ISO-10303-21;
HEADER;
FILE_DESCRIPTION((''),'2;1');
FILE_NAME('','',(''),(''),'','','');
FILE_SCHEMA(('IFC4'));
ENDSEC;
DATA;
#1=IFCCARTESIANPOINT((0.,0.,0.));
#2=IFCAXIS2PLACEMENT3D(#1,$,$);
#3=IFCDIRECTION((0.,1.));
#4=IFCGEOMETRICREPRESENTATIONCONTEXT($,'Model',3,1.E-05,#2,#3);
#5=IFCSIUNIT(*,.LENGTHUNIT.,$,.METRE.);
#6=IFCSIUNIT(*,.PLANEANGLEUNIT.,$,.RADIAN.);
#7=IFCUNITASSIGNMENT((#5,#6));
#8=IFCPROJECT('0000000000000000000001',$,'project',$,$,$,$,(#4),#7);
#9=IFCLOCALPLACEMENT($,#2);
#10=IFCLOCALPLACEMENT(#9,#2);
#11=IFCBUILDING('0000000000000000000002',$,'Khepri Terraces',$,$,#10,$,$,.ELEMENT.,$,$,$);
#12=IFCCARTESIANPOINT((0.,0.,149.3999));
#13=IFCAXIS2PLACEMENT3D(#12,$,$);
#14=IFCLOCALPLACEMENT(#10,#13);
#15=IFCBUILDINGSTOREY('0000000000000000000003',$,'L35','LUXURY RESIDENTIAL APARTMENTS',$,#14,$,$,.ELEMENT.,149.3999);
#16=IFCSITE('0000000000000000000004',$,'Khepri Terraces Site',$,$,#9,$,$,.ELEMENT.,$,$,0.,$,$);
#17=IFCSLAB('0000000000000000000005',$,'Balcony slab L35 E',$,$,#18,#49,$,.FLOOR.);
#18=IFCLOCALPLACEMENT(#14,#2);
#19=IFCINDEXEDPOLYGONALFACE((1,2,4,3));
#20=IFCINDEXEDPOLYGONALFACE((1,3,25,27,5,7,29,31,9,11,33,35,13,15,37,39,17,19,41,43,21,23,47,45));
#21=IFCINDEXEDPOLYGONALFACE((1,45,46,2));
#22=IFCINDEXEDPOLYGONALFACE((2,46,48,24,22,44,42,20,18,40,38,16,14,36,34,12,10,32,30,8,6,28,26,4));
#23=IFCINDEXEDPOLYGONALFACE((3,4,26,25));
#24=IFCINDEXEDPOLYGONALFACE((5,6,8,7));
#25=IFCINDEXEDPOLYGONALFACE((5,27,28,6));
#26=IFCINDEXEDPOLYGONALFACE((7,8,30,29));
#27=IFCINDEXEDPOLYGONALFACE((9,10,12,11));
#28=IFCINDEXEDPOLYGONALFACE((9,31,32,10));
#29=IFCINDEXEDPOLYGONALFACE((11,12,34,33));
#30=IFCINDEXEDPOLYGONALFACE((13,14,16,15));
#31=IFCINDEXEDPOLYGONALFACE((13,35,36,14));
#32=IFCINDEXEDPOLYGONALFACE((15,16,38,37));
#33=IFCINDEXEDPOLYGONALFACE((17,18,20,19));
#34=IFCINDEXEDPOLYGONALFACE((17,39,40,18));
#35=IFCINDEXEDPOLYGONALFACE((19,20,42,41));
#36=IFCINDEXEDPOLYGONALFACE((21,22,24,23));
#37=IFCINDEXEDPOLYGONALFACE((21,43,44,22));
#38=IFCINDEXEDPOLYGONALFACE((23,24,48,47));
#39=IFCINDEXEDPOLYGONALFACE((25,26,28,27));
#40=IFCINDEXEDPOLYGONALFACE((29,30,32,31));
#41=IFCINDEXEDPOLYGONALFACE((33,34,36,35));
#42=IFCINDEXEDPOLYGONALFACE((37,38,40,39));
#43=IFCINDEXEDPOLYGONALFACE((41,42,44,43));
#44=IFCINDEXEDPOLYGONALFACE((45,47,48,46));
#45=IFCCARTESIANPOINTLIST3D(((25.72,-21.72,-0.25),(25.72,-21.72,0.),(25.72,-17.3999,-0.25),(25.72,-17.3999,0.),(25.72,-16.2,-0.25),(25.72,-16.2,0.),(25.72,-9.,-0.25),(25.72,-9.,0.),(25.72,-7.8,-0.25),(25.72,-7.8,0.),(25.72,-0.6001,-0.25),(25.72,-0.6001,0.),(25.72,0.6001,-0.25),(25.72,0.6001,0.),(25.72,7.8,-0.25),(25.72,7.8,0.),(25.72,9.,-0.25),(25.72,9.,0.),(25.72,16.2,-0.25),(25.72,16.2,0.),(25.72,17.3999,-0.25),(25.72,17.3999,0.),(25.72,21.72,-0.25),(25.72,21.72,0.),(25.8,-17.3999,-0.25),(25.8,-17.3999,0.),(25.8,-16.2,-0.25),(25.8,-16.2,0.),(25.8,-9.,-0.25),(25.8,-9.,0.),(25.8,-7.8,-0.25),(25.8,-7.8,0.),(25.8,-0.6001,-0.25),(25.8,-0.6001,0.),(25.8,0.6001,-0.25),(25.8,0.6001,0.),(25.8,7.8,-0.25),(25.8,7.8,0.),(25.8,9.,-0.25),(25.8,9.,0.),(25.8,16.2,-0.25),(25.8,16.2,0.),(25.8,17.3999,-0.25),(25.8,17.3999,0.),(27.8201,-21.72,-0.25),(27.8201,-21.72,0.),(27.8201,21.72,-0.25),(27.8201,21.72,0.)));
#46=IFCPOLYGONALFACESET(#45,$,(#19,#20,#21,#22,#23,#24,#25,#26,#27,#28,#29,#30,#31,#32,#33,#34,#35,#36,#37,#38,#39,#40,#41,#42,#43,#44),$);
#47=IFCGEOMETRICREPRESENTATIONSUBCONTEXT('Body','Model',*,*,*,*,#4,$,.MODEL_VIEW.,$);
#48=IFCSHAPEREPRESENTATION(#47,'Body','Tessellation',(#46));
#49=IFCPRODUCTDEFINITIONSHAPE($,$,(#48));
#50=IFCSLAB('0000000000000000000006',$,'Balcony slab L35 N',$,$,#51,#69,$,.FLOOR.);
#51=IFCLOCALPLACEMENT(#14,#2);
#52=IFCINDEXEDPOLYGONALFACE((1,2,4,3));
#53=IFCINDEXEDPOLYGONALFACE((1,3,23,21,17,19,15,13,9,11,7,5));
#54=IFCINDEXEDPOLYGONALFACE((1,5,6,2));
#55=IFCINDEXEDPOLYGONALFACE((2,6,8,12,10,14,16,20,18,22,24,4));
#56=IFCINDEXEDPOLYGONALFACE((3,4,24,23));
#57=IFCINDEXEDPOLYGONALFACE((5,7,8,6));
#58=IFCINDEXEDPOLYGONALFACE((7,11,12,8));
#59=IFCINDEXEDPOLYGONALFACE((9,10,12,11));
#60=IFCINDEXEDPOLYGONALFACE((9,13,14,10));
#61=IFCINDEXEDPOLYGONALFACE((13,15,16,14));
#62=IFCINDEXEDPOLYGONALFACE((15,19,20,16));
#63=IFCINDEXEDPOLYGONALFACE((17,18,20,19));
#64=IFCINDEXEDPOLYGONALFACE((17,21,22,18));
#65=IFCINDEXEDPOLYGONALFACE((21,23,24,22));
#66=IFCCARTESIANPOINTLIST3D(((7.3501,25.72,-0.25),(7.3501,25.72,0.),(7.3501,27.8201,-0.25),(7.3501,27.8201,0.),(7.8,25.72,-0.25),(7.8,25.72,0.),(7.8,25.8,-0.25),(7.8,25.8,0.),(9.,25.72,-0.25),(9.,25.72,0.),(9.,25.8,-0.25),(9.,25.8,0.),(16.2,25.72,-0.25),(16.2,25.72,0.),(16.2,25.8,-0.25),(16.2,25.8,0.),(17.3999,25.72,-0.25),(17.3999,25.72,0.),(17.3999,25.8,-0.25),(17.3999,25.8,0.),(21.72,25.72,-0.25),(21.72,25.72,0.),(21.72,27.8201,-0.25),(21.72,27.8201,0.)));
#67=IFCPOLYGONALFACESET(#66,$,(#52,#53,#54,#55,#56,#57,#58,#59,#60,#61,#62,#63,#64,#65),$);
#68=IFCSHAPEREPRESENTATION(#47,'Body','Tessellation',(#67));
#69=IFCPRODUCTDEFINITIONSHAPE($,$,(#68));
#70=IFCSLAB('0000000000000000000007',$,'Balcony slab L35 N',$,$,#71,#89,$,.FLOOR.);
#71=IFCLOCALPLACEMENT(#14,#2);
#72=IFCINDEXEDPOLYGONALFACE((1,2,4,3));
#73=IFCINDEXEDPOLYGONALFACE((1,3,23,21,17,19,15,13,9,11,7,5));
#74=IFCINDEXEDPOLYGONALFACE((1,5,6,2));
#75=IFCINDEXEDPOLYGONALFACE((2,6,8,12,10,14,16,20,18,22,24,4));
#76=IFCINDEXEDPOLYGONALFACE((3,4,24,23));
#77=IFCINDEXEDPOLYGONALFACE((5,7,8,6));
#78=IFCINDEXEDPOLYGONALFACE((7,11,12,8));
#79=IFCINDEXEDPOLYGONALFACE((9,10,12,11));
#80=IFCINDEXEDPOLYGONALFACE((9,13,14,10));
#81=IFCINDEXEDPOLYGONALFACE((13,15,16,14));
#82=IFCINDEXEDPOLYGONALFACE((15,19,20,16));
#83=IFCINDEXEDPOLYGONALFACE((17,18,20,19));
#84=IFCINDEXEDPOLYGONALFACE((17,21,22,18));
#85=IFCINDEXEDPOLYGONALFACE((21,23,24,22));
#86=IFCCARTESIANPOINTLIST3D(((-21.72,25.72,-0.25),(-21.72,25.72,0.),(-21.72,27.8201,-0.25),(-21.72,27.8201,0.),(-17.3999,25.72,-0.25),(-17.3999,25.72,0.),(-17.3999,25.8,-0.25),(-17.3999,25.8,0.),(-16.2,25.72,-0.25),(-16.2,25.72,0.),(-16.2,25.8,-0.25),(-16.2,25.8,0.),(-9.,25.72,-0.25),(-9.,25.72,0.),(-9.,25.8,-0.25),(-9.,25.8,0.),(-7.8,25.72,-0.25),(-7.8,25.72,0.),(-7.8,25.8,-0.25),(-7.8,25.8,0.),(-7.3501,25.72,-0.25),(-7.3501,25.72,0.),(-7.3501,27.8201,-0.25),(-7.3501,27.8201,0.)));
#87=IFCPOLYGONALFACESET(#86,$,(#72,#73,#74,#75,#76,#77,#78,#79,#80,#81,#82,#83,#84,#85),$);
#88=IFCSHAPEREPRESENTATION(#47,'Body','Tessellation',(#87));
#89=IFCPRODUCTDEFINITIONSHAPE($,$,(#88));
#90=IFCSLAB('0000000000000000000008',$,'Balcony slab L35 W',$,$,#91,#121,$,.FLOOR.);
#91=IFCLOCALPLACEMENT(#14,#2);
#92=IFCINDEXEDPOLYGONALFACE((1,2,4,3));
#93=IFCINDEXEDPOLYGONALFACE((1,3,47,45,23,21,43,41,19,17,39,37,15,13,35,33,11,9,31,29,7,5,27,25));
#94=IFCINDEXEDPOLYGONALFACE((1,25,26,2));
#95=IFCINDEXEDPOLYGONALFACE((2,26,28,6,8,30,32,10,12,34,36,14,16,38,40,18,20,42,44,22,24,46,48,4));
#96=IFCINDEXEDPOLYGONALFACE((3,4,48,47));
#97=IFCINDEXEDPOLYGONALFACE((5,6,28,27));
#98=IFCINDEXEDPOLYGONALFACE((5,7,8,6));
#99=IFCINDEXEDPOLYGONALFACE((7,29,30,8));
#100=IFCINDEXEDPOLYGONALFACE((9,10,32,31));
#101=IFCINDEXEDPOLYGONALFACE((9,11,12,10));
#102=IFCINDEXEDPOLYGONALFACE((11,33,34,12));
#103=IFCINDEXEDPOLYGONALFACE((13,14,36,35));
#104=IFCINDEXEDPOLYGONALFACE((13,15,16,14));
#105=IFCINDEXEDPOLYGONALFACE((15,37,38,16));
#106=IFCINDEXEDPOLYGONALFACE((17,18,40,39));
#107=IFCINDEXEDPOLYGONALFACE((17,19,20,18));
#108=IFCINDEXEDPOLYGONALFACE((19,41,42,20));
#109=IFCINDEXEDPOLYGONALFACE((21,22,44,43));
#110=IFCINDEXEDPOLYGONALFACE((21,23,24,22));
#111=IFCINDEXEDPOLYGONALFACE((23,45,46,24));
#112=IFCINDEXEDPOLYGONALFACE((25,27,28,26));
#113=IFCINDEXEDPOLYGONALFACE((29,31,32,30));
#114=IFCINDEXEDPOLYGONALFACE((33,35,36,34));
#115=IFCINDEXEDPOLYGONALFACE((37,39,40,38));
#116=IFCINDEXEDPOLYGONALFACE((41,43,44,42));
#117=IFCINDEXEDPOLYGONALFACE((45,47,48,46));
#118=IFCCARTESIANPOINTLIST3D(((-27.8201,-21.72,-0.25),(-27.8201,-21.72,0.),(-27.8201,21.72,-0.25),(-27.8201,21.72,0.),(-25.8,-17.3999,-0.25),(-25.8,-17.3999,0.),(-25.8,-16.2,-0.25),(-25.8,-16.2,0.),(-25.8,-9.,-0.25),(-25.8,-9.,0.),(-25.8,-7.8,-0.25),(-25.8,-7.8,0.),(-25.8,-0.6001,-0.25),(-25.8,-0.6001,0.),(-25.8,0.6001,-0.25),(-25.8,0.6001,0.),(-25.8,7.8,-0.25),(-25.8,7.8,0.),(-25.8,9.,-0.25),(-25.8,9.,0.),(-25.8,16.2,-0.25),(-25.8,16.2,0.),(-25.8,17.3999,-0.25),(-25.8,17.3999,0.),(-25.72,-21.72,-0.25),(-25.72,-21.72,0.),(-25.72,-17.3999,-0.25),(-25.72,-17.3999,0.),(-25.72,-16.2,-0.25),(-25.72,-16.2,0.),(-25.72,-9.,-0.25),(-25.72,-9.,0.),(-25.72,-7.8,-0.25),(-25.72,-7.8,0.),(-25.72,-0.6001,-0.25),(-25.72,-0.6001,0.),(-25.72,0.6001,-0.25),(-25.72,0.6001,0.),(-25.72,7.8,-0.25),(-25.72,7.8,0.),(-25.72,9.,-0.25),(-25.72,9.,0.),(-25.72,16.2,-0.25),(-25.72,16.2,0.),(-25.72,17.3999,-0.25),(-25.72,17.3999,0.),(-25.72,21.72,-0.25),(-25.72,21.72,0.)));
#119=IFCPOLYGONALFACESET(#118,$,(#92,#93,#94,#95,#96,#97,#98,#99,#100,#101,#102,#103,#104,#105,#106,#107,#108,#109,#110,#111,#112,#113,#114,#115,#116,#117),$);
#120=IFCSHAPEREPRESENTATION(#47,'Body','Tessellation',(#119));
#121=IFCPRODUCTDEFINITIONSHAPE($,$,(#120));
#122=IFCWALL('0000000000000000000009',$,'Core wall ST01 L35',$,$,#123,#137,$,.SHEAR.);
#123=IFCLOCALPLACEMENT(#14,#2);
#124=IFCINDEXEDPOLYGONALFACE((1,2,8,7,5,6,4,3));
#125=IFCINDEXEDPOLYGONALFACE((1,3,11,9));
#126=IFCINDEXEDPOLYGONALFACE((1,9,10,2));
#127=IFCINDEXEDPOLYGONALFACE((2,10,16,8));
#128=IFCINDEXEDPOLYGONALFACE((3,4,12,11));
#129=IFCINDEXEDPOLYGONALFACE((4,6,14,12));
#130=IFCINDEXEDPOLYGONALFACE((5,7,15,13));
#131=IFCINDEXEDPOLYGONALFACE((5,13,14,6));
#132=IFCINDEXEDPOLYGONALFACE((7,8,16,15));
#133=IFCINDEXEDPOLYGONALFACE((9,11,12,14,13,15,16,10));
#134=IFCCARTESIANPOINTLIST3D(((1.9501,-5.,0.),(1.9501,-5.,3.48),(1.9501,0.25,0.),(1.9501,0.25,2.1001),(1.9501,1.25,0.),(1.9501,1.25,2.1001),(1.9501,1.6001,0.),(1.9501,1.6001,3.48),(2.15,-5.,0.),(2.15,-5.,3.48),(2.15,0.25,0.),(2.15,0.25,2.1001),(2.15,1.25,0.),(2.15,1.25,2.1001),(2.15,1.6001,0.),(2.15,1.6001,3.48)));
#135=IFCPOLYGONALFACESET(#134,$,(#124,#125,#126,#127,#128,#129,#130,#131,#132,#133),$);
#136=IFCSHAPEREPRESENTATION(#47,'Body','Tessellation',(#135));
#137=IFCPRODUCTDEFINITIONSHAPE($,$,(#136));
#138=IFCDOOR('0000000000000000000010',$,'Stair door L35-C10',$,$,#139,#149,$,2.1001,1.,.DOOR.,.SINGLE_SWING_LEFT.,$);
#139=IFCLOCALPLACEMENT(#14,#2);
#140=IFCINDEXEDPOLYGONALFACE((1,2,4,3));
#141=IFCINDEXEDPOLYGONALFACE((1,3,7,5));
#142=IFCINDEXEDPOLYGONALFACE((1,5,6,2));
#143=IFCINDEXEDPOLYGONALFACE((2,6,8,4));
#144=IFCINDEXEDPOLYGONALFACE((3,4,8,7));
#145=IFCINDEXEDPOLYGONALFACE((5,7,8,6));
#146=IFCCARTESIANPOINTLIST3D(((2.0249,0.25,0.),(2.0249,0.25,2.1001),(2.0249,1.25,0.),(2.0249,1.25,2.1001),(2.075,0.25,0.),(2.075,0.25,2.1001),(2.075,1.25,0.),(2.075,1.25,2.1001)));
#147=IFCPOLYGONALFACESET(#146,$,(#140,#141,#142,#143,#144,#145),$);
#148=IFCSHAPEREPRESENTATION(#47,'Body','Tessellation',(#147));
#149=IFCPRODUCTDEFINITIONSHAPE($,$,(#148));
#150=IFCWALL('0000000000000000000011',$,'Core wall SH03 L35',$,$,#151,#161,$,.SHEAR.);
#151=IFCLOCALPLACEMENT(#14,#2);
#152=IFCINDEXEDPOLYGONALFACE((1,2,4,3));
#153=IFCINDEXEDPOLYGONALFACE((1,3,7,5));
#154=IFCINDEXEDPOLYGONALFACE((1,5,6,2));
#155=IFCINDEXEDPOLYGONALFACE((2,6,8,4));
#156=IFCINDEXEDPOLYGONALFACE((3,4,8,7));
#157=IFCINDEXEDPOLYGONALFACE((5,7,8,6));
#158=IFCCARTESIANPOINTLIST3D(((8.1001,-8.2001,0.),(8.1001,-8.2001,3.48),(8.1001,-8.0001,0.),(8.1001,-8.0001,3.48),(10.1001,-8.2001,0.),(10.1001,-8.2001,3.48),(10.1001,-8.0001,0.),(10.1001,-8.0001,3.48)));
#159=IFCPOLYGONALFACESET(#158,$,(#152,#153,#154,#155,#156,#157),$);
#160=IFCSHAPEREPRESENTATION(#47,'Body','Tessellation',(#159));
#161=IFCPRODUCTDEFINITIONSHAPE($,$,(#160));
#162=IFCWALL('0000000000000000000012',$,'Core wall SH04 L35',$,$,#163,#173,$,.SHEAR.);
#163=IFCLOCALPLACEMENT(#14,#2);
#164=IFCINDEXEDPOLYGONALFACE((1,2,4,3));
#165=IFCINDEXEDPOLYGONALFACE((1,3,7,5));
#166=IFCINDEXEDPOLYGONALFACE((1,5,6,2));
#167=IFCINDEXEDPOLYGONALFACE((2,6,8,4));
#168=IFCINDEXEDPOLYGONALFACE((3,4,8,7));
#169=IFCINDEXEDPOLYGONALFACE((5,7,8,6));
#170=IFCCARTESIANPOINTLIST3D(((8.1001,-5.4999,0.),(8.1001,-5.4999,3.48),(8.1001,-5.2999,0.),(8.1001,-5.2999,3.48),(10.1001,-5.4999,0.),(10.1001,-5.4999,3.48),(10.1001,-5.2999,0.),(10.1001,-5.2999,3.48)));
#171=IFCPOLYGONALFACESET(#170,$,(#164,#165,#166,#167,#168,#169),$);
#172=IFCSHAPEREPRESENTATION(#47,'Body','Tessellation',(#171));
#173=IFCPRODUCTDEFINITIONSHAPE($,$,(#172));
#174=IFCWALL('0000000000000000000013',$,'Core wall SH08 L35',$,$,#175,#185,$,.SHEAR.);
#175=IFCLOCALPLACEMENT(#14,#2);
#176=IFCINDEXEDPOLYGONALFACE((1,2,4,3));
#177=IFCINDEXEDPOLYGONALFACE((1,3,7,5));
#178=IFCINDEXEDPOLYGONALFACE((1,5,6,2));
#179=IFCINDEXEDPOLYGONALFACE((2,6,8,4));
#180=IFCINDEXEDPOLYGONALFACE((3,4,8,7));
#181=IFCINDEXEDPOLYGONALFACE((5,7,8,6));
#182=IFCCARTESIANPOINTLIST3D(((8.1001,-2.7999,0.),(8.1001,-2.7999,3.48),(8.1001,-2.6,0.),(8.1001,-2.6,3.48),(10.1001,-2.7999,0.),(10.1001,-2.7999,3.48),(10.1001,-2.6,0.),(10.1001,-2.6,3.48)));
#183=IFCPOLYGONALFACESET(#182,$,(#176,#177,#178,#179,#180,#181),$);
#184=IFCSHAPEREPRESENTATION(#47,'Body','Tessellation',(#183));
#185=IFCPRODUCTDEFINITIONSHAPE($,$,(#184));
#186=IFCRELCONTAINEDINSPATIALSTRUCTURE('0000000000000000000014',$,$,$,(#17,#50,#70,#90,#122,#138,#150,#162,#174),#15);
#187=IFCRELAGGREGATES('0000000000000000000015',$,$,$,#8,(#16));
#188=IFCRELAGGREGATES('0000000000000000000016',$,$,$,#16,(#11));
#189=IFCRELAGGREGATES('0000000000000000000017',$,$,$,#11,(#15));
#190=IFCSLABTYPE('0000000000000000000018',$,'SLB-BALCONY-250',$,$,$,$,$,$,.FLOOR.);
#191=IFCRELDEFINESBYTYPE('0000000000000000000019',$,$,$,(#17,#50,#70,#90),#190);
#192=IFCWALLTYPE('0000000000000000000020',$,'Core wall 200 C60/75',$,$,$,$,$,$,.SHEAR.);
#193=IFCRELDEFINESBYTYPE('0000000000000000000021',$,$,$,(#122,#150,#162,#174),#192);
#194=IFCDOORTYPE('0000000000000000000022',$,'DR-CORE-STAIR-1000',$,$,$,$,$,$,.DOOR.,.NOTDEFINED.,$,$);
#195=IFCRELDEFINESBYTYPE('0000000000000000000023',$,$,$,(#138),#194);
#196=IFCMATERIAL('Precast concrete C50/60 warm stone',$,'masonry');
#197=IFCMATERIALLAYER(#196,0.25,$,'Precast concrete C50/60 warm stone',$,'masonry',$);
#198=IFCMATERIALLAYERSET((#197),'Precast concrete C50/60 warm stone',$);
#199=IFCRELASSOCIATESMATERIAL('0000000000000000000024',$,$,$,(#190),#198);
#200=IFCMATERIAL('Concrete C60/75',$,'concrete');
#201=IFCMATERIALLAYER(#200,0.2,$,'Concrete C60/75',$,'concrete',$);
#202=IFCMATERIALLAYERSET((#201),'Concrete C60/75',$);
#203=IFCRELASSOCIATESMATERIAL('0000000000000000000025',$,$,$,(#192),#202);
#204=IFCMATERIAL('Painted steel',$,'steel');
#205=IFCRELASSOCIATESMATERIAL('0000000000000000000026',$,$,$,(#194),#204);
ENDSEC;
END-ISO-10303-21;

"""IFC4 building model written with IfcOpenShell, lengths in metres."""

from ifc_helpers import new_model, si_unit, direction, frame, frame_2d, origin, place, context, subcontext, project, spatial, polyline, rectangle, outline, extrude, material, layer, layer_set, type_object, element, fill, save


model = new_model("IFC4")

# Units and contexts
model_context = context("Model", 3, precision=1e-05, world=origin(), true_north=direction((0.0, 1.0)))
body_context = subcontext(model_context, "Body", "Model", "MODEL_VIEW")
ifc_project = project(units=[si_unit("LENGTHUNIT", "METRE"), si_unit("PLANEANGLEUNIT", "RADIAN")], contexts=[model_context])

# Site, building, storey
site_placement = place(None, origin())
site = spatial("IfcSite", under=ifc_project, at=site_placement, Name="Khepri Terraces Site", CompositionType="ELEMENT", RefElevation=0.0)
building_placement = place(site_placement, origin())
building = spatial("IfcBuilding", under=site, at=building_placement, Name="Khepri Terraces", CompositionType="ELEMENT")
storey_placement = place(building_placement, frame((0.0, 0.0, 149.3999)))
storey = spatial("IfcBuildingStorey", under=building, at=storey_placement, Name="L35", Description="LUXURY RESIDENTIAL APARTMENTS", CompositionType="ELEMENT", Elevation=149.3999)

# Slabs
ifc_material_1 = material(Name="Precast concrete C50/60 warm stone", Category="masonry")
ifc_layer_1 = layer(ifc_material_1, 0.25, Name="Precast concrete C50/60 warm stone", Category="masonry")
ifc_layer_set_1 = layer_set([ifc_layer_1], Name="Precast concrete C50/60 warm stone")
slab_type = type_object("IfcSlabType", Name="SLB-BALCONY-250", PredefinedType="FLOOR", material=ifc_layer_set_1)
slab_1_placement = place(storey_placement, frame((0.0, 0.0, -0.25)))
element("IfcSlab", 1, at=slab_1_placement, inside=storey, type_object=slab_type, Name="Balcony slab L35 E", PredefinedType="FLOOR", context=body_context, shape_type="SweptSolid", body=[
    extrude(outline(polyline([(25.72, -17.3999), (25.72, -21.72), (27.8201, -21.72), (27.8201, 21.72), (25.72, 21.72), (25.72, 17.3999), (25.8, 17.3999), (25.8, 16.2), (25.72, 16.2), (25.72, 9.0), (25.8, 9.0), (25.8, 7.8), (25.72, 7.8), (25.72, 0.6001), (25.8, 0.6001), (25.8, -0.6001), (25.72, -0.6001), (25.72, -7.8), (25.8, -7.8), (25.8, -9.0), (25.72, -9.0), (25.72, -16.2), (25.8, -16.2), (25.8, -17.3999), (25.72, -17.3999)])), origin(), (0.0, 0.0, 1.0), 0.25),
])
slab_2_placement = place(storey_placement, frame((0.0, 0.0, -0.25)))
element("IfcSlab", 2, at=slab_2_placement, inside=storey, type_object=slab_type, Name="Balcony slab L35 N", PredefinedType="FLOOR", context=body_context, shape_type="SweptSolid", body=[
    extrude(outline(polyline([(17.3999, 25.72), (21.72, 25.72), (21.72, 27.8201), (7.3501, 27.8201), (7.3501, 25.72), (7.8, 25.72), (7.8, 25.8), (9.0, 25.8), (9.0, 25.72), (16.2, 25.72), (16.2, 25.8), (17.3999, 25.8), (17.3999, 25.72)])), origin(), (0.0, 0.0, 1.0), 0.25),
])
slab_3_placement = place(storey_placement, frame((0.0, 0.0, -0.25)))
element("IfcSlab", 3, at=slab_3_placement, inside=storey, type_object=slab_type, Name="Balcony slab L35 N", PredefinedType="FLOOR", context=body_context, shape_type="SweptSolid", body=[
    extrude(outline(polyline([(-7.8, 25.72), (-7.3501, 25.72), (-7.3501, 27.8201), (-21.72, 27.8201), (-21.72, 25.72), (-17.3999, 25.72), (-17.3999, 25.8), (-16.2, 25.8), (-16.2, 25.72), (-9.0, 25.72), (-9.0, 25.8), (-7.8, 25.8), (-7.8, 25.72)])), origin(), (0.0, 0.0, 1.0), 0.25),
])
slab_4_placement = place(storey_placement, frame((0.0, 0.0, -0.25)))
element("IfcSlab", 4, at=slab_4_placement, inside=storey, type_object=slab_type, Name="Balcony slab L35 W", PredefinedType="FLOOR", context=body_context, shape_type="SweptSolid", body=[
    extrude(outline(polyline([(-25.72, 17.3999), (-25.72, 21.72), (-27.8201, 21.72), (-27.8201, -21.72), (-25.72, -21.72), (-25.72, -17.3999), (-25.8, -17.3999), (-25.8, -16.2), (-25.72, -16.2), (-25.72, -9.0), (-25.8, -9.0), (-25.8, -7.8), (-25.72, -7.8), (-25.72, -0.6001), (-25.8, -0.6001), (-25.8, 0.6001), (-25.72, 0.6001), (-25.72, 7.8), (-25.8, 7.8), (-25.8, 9.0), (-25.72, 9.0), (-25.72, 16.2), (-25.8, 16.2), (-25.8, 17.3999), (-25.72, 17.3999)])), origin(), (0.0, 0.0, 1.0), 0.25),
])

# Wall, opening, door
ifc_material_2 = material(Name="Concrete C60/75", Category="concrete")
ifc_layer_2 = layer(ifc_material_2, 0.2, Name="Concrete C60/75", Category="concrete")
ifc_layer_set_2 = layer_set([ifc_layer_2], Name="Concrete C60/75")
wall_type_1 = type_object("IfcWallType", Name="Core wall 200 C60/75", PredefinedType="SHEAR", material=ifc_layer_set_2)
wall_1_placement = place(storey_placement, frame((2.05, -5.0, 0.0), z_axis=(0.0, 0.0, 1.0), x_axis=(0.0, 1.0, 0.0)))
wall_1 = element("IfcWall", 5, at=wall_1_placement, inside=storey, type_object=wall_type_1, Name="Core wall ST01 L35", PredefinedType="SHEAR", context=body_context, shape_type="SweptSolid", body=[
    extrude(rectangle(XDim=6.6001, YDim=0.2, at=frame_2d((3.3, 0.0))), origin(), (0.0, 0.0, 1.0), 3.48),
])
opening_1_placement = place(wall_1_placement, frame((5.25, 0.0, 0.0)))
opening_1 = element("IfcOpeningElement", 6, at=opening_1_placement, cuts=wall_1, PredefinedType="OPENING", context=body_context, shape_type="SweptSolid", body=[
    extrude(rectangle(XDim=1.0, YDim=2.1001, at=frame_2d((0.5, 1.05))), frame((0.0, 0.1099, 0.0), z_axis=(0.0, -1.0, 0.0), x_axis=(1.0, 0.0, 0.0)), (0.0, 0.0, 1.0), 0.22),
])
ifc_material_3 = material(Name="Painted steel", Category="steel")
door_type_1 = type_object("IfcDoorType", Name="DR-CORE-STAIR-1000", OperationType="NOTDEFINED", PredefinedType="DOOR", material=ifc_material_3)
door_1_placement = place(opening_1_placement, frame((1.0, 0.0, 0.0), z_axis=(0.0, 0.0, 1.0), x_axis=(-1.0, 0.0, 0.0)))
door_1 = element("IfcDoor", 7, at=door_1_placement, inside=storey, type_object=door_type_1, Name="Stair door L35-C10", OperationType="SINGLE_SWING_LEFT", OverallHeight=2.1001, OverallWidth=1.0, PredefinedType="DOOR", context=body_context, shape_type="SweptSolid", body=[
    extrude(rectangle(XDim=1.0, YDim=2.1001, at=frame_2d((0.5, 1.05))), frame((0.0, 0.0249, 0.0), z_axis=(0.0, -1.0, 0.0), x_axis=(1.0, 0.0, 0.0)), (0.0, 0.0, 1.0), 0.05),
])
fill(opening_1, door_1)

# Walls
for number, where, z_axis, x_axis, name in (
    (8, (8.1001, -8.1001, 0.0), (0.0, 0.0, 1.0), (1.0, 0.0, 0.0), "Core wall SH03 L35"),
    (9, (8.1001, -5.3999, 0.0), (0.0, 0.0, 1.0), (1.0, 0.0, 0.0), "Core wall SH04 L35"),
    (10, (8.1001, -2.7, 0.0), (0.0, 0.0, 1.0), (1.0, 0.0, 0.0), "Core wall SH08 L35"),
):
    element("IfcWall", number, at=place(storey_placement, frame(where, z_axis=z_axis, x_axis=x_axis)), inside=storey, type_object=wall_type_1, Name=name, PredefinedType="SHEAR", context=body_context, shape_type="SweptSolid", body=[
        extrude(rectangle(XDim=2.0, YDim=0.2, at=frame_2d((1.0, 0.0))), origin(), (0.0, 0.0, 1.0), 3.48),
    ])

save(model, "model.ifc")
